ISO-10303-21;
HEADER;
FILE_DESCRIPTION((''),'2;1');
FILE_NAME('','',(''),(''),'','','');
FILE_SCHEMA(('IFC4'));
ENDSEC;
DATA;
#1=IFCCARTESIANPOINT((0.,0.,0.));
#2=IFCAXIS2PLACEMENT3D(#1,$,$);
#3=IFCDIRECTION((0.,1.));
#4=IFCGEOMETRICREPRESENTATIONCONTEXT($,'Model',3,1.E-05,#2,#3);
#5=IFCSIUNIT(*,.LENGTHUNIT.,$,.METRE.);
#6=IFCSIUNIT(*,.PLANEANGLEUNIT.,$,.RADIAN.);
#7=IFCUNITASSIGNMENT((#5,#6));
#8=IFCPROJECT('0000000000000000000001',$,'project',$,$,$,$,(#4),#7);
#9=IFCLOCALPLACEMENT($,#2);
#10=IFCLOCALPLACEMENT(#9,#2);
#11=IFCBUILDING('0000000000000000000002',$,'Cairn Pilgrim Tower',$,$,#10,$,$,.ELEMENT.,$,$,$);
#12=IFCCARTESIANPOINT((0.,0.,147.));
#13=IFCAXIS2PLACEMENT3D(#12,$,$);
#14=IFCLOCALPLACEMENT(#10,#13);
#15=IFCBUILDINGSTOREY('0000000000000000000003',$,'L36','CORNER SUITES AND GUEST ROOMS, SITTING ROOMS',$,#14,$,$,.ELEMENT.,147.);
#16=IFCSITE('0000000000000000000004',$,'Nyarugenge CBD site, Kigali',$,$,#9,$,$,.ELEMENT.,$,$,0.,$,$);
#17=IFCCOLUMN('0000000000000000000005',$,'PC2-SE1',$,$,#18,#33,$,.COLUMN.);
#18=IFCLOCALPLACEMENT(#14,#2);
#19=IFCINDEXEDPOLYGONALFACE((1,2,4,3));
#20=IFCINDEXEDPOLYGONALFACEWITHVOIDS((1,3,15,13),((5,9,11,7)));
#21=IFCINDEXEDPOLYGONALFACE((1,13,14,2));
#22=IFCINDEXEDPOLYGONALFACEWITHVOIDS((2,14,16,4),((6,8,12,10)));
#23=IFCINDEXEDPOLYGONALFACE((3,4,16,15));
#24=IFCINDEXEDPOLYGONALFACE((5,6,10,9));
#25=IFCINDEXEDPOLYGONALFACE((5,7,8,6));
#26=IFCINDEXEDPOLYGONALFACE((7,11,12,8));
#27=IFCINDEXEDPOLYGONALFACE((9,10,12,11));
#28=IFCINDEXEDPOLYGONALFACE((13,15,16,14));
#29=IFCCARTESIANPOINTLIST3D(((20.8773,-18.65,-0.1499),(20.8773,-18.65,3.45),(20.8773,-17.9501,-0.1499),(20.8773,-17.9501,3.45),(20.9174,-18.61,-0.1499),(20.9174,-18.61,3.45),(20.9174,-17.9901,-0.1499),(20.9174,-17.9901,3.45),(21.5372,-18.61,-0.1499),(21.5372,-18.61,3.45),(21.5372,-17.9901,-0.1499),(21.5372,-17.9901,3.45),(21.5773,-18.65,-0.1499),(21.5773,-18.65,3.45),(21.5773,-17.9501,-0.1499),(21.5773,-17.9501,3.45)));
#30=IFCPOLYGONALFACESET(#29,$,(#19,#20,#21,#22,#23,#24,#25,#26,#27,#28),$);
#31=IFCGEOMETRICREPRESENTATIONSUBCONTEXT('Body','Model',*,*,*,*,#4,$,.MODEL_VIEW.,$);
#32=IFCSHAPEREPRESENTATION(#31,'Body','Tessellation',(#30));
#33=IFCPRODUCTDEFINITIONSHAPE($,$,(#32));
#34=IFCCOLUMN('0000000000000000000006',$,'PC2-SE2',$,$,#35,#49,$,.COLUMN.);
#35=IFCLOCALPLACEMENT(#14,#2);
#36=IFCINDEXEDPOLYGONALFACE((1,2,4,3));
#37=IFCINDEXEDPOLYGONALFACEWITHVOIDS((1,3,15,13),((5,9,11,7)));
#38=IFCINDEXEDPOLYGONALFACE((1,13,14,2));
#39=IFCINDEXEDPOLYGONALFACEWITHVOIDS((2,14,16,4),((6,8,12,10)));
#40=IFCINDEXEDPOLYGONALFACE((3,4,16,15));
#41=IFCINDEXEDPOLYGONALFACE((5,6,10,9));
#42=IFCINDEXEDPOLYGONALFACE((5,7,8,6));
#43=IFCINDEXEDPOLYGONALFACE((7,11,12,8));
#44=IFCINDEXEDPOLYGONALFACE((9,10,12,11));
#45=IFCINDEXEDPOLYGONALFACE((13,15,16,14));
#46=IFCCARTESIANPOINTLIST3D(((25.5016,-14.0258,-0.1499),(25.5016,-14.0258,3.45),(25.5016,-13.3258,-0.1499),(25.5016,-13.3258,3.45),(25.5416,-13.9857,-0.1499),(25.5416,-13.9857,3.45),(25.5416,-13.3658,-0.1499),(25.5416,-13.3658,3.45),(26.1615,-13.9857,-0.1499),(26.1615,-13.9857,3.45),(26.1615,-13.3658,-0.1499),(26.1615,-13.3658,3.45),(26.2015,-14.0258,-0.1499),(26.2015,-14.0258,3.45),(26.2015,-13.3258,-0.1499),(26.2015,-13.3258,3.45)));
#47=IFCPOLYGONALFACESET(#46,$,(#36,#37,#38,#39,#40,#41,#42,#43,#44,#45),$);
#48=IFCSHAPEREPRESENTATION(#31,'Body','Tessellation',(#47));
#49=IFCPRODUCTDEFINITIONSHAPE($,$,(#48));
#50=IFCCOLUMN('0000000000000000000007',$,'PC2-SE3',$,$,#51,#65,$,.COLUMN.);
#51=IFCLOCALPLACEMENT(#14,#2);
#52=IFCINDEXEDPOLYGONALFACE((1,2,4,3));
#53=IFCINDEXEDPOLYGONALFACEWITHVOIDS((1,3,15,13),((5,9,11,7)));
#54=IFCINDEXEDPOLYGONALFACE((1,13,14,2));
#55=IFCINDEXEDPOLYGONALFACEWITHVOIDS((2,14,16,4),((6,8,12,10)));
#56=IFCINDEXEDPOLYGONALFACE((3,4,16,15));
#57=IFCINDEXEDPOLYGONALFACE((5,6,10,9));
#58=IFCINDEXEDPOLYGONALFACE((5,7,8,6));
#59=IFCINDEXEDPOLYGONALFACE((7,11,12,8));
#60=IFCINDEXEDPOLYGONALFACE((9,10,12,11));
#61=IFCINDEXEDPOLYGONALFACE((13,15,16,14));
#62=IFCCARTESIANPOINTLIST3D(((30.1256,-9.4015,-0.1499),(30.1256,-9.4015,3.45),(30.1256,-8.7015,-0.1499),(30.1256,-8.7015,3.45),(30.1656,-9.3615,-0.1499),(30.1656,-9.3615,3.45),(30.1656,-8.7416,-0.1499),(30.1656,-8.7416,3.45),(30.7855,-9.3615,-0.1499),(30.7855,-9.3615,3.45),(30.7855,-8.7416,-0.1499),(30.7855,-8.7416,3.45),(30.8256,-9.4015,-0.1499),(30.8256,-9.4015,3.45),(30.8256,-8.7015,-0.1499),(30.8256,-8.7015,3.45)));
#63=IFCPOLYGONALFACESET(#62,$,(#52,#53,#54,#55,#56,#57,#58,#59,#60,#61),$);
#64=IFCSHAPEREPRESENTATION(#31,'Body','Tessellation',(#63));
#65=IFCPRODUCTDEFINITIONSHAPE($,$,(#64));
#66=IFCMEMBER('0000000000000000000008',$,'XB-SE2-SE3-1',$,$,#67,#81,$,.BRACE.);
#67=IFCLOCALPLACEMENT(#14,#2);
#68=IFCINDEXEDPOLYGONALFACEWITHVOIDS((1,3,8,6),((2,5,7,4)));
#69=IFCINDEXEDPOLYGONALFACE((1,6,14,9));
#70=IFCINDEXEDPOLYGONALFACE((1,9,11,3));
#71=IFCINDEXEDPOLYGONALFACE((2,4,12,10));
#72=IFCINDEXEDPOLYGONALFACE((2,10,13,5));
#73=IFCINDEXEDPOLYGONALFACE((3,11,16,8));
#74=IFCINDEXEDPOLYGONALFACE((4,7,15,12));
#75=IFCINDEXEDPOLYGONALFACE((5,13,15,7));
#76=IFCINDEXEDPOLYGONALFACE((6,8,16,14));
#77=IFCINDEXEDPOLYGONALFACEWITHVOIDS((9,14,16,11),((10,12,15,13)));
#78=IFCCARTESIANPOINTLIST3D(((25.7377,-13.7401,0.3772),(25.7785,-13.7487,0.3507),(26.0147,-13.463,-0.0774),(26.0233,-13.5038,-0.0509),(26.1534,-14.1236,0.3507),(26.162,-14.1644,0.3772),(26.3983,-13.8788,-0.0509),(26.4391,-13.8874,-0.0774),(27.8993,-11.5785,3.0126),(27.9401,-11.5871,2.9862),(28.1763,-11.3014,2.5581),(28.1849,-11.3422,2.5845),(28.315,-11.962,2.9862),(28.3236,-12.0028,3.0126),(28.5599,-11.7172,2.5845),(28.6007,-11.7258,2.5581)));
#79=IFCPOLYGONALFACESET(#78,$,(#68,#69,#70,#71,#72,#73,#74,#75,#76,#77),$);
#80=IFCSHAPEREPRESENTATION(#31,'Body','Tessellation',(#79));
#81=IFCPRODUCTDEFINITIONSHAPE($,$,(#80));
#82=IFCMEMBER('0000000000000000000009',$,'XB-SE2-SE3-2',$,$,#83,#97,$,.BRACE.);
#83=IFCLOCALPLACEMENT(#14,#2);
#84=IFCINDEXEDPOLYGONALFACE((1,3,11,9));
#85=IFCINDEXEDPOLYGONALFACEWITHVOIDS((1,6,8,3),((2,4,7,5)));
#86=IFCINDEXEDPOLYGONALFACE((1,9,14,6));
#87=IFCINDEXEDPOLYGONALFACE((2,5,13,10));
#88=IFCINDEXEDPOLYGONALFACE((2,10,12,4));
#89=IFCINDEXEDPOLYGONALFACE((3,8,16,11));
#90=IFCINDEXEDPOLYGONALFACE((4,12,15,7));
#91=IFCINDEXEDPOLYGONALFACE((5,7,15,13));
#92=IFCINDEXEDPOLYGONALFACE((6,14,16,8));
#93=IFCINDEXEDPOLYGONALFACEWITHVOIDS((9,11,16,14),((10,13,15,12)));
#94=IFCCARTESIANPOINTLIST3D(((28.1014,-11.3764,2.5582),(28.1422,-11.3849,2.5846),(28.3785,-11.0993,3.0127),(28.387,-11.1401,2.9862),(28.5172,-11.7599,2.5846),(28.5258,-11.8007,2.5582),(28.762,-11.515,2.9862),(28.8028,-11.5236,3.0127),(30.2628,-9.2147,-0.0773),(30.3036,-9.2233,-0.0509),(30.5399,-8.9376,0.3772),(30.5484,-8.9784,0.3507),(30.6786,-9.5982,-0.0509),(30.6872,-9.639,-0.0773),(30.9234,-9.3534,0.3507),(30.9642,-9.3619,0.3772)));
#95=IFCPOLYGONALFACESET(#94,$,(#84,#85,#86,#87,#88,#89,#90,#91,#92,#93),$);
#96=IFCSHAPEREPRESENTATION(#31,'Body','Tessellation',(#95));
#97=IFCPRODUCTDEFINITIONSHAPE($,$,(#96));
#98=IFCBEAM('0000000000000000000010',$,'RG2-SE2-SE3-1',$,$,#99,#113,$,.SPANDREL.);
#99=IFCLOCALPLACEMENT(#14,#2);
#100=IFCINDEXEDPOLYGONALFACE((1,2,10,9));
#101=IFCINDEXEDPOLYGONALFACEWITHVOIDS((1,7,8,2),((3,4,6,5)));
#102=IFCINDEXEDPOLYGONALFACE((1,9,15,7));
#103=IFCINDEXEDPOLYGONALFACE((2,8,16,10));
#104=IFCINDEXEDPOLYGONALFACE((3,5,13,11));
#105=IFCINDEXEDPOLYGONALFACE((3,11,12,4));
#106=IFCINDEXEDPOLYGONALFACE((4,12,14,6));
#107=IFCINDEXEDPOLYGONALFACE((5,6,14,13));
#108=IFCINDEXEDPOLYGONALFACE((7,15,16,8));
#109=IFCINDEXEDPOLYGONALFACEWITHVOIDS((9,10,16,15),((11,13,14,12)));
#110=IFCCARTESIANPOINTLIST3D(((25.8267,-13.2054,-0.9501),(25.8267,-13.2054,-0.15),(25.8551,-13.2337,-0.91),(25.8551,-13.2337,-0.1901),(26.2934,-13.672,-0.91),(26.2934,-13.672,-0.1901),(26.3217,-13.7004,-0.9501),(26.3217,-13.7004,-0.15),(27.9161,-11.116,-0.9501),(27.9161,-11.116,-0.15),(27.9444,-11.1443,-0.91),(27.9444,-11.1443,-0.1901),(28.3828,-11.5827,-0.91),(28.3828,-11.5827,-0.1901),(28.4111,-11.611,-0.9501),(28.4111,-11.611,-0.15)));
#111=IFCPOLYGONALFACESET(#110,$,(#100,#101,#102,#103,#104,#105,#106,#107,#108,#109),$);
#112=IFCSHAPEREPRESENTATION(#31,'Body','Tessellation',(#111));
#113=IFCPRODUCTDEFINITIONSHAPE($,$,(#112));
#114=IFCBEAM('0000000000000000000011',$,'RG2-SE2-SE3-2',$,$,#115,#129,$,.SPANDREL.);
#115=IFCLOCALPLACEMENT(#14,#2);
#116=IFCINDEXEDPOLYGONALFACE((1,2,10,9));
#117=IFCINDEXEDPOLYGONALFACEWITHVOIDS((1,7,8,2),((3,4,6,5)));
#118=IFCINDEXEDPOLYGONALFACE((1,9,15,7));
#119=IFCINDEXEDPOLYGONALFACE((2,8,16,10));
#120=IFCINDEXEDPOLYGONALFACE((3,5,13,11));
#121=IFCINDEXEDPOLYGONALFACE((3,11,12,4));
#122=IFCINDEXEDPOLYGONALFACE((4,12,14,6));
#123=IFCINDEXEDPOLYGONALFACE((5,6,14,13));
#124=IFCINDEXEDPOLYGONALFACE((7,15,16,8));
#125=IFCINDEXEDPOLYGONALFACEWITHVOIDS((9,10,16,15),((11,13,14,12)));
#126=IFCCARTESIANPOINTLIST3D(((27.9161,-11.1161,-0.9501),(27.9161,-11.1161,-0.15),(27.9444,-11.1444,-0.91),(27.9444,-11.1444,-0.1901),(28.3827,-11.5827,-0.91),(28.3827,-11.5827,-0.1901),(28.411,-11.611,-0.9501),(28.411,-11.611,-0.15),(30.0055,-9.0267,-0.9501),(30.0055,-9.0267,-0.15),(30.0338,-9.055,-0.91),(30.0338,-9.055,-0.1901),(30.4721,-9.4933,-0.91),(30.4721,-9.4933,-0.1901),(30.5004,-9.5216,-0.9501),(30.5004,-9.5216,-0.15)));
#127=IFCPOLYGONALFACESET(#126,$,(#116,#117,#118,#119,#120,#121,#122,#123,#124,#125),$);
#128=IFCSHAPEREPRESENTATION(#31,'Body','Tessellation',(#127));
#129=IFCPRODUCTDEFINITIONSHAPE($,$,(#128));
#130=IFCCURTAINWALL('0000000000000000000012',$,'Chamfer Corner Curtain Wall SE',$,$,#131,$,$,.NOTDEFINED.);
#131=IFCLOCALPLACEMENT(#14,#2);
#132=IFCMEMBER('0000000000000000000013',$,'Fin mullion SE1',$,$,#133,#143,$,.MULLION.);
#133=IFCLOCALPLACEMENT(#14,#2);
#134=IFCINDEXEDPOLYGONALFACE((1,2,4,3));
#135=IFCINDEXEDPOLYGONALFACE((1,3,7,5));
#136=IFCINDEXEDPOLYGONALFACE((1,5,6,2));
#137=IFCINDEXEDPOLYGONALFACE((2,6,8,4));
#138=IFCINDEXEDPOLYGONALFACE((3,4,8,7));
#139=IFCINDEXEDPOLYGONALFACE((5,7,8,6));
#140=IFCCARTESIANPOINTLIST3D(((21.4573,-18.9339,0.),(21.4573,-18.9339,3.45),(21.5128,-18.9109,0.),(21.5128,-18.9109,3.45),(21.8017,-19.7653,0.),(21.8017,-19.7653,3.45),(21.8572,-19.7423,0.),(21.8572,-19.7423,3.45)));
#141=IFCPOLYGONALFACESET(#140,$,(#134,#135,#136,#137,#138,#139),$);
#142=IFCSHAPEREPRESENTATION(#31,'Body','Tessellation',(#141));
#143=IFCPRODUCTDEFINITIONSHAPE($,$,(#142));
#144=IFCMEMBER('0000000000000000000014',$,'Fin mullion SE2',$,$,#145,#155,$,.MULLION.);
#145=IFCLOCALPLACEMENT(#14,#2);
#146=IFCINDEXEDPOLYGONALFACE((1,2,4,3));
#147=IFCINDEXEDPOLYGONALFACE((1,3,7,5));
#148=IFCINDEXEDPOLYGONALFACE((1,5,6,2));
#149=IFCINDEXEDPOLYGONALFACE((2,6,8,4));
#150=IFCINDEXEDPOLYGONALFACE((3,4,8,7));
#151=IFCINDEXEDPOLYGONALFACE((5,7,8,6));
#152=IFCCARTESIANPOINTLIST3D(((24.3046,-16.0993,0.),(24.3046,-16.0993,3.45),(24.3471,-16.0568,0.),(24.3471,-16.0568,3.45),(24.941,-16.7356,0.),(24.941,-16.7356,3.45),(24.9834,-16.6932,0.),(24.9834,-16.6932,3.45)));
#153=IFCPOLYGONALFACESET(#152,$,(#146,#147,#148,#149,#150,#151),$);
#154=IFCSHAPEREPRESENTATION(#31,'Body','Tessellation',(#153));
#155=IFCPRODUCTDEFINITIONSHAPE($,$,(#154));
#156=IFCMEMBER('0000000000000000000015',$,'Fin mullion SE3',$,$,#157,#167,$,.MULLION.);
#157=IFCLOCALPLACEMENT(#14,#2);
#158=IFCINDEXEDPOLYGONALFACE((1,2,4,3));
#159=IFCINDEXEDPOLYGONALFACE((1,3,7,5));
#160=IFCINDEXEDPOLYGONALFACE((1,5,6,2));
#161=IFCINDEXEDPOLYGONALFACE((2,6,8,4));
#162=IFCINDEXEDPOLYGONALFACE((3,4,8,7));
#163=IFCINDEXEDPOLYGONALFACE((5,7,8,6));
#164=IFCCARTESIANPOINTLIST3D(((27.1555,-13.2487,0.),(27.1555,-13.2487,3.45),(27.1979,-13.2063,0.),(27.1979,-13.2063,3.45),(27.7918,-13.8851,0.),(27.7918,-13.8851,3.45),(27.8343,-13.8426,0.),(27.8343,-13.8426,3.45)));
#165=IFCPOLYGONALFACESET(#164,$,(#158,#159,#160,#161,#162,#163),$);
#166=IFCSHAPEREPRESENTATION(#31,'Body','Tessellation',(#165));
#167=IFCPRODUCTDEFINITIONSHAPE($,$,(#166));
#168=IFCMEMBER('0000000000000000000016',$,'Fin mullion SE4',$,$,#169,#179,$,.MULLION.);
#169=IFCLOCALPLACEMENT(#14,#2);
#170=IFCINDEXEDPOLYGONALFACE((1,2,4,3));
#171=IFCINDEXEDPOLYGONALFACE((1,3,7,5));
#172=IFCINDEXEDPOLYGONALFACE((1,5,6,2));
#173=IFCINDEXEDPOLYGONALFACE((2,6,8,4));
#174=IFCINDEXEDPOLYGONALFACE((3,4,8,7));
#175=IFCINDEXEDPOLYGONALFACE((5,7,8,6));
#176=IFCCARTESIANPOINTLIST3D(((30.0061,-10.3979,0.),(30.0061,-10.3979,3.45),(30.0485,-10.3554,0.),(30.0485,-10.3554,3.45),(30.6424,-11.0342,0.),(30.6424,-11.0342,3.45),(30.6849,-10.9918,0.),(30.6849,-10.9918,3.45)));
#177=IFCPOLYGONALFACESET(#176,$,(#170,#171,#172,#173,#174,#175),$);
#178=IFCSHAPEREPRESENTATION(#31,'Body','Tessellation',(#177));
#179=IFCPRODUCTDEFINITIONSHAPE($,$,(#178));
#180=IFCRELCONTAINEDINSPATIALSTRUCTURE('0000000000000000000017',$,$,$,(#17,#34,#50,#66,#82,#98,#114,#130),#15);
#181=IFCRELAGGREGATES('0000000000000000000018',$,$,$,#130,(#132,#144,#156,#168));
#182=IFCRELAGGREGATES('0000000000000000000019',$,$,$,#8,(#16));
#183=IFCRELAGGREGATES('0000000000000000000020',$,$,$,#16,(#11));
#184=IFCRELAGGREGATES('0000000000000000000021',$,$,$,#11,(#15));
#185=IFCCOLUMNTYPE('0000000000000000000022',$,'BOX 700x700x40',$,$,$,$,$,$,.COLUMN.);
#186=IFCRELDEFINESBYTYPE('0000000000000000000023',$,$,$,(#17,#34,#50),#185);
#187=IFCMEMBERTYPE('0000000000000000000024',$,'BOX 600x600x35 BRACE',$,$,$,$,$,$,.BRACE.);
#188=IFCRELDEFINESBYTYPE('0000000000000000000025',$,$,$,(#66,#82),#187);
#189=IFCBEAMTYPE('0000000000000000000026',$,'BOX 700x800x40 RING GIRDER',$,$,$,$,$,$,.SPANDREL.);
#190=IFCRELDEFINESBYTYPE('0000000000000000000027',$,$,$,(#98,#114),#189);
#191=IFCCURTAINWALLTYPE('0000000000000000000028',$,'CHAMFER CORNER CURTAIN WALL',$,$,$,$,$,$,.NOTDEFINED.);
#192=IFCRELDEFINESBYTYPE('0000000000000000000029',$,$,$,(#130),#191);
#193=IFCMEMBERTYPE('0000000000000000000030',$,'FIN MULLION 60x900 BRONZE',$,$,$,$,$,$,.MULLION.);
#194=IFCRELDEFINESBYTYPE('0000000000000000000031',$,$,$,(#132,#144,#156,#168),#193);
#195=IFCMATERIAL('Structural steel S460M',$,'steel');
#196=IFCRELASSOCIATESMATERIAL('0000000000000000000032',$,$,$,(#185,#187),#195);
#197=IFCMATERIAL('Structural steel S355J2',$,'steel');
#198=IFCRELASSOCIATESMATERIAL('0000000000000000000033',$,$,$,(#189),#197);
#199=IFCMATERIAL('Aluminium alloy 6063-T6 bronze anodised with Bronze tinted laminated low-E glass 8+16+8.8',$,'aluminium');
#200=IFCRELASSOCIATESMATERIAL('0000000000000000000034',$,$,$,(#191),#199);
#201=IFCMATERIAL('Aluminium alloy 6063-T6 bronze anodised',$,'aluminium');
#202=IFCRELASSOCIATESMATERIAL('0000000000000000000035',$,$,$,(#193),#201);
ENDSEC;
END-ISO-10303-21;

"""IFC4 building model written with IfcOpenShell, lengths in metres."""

from ifc_helpers import new_model, si_unit, direction, frame, origin, origin_2d, place, context, subcontext, project, spatial, rectangle, hollow_rectangle, extrude, material, material_profile, profile_set, type_object, element, aggregate, save


model = new_model("IFC4")

# Units and contexts
model_context = context("Model", 3, precision=1e-05, world=origin(), true_north=direction((0.0, 1.0)))
body_context = subcontext(model_context, "Body", "Model", "MODEL_VIEW")
ifc_project = project(units=[si_unit("LENGTHUNIT", "METRE"), si_unit("PLANEANGLEUNIT", "RADIAN")], contexts=[model_context])

# Site, building, storey
site_placement = place(None, origin())
site = spatial("IfcSite", under=ifc_project, at=site_placement, Name="Nyarugenge CBD site, Kigali", CompositionType="ELEMENT", RefElevation=0.0)
building_placement = place(site_placement, origin())
building = spatial("IfcBuilding", under=site, at=building_placement, Name="Cairn Pilgrim Tower", CompositionType="ELEMENT")
storey_placement = place(building_placement, frame((0.0, 0.0, 147.0)))
storey = spatial("IfcBuildingStorey", under=building, at=storey_placement, Name="L36", Description="CORNER SUITES AND GUEST ROOMS, SITTING ROOMS", CompositionType="ELEMENT", Elevation=147.0)

# Columns
ifc_material_1 = material(Name="Structural steel S460M", Category="steel")
ifc_material_profile_1 = material_profile(ifc_material_1, hollow_rectangle(XDim=0.7, YDim=0.7, WallThickness=0.04, at=origin_2d()), Name="BOX 700x700x40")
ifc_profile_set_1 = profile_set([ifc_material_profile_1], Name="Structural steel S460M")
column_type = type_object("IfcColumnType", Name="BOX 700x700x40", PredefinedType="COLUMN", material=ifc_profile_set_1)
for number, where, z_axis, x_axis, name in (
    (1, (21.2273, -18.3, -0.1499), (0.0, 0.0, 1.0), (1.0, 0.0, 0.0), "PC2-SE1"),
    (2, (25.8516, -13.6758, -0.1499), (0.0, 0.0, 1.0), (1.0, 0.0, 0.0), "PC2-SE2"),
    (3, (30.4756, -9.0515, -0.1499), (0.0, 0.0, 1.0), (1.0, 0.0, 0.0), "PC2-SE3"),
):
    element("IfcColumn", number, at=place(storey_placement, frame(where, z_axis=z_axis, x_axis=x_axis)), inside=storey, type_object=column_type, Name=name, PredefinedType="COLUMN", context=body_context, shape_type="SweptSolid", body=[
        extrude(hollow_rectangle(XDim=0.7, YDim=0.7, WallThickness=0.04, at=origin_2d()), origin(), (0.0, 0.0, 1.0), 3.5999),
    ])

# Members
ifc_material_profile_2 = material_profile(ifc_material_1, hollow_rectangle(XDim=0.6001, YDim=0.6001, WallThickness=0.0349, at=origin_2d()), Name="BOX 600x600x35")
ifc_profile_set_2 = profile_set([ifc_material_profile_2], Name="Structural steel S460M")
member_type_1 = type_object("IfcMemberType", Name="BOX 600x600x35 BRACE", PredefinedType="BRACE", material=ifc_profile_set_2)
for number, where, z_axis, x_axis, name in (
    (4, (26.0884, -13.8137, 0.1499), (0.535556, 0.535556, 0.652962), (-0.707107, 0.707107, 0.0), "XB-SE2-SE3-1"),
    (5, (30.6135, -9.2883, 0.1499), (-0.535513, -0.535573, 0.652983), (0.707147, -0.707067, 0.0), "XB-SE2-SE3-2"),
):
    element("IfcMember", number, at=place(storey_placement, frame(where, z_axis=z_axis, x_axis=x_axis)), inside=storey, type_object=member_type_1, Name=name, PredefinedType="BRACE", context=body_context, shape_type="SweptSolid", body=[
        extrude(hollow_rectangle(XDim=0.6001, YDim=0.6001, WallThickness=0.0349, at=origin_2d()), origin(), (0.0, 0.0, 1.0), 4.0361),
    ])

# Beams
ifc_material_2 = material(Name="Structural steel S355J2", Category="steel")
ifc_material_profile_3 = material_profile(ifc_material_2, hollow_rectangle(XDim=0.7, YDim=0.8, WallThickness=0.04, at=origin_2d()), Name="BOX 700x800x40")
ifc_profile_set_3 = profile_set([ifc_material_profile_3], Name="Structural steel S355J2")
beam_type_1 = type_object("IfcBeamType", Name="BOX 700x800x40 RING GIRDER", PredefinedType="SPANDREL", material=ifc_profile_set_3)
for number, where, z_axis, x_axis, name in (
    (6, (26.0742, -13.4529, -0.55), (0.707107, 0.707107, 0.0), (-0.707107, 0.707107, 0.0), "RG2-SE2-SE3-1"),
    (7, (28.1636, -11.3635, -0.55), (0.707107, 0.707107, 0.0), (-0.707107, 0.707107, 0.0), "RG2-SE2-SE3-2"),
):
    element("IfcBeam", number, at=place(storey_placement, frame(where, z_axis=z_axis, x_axis=x_axis)), inside=storey, type_object=beam_type_1, Name=name, PredefinedType="SPANDREL", context=body_context, shape_type="SweptSolid", body=[
        extrude(hollow_rectangle(XDim=0.7, YDim=0.8, WallThickness=0.04, at=origin_2d()), origin(), (0.0, 0.0, 1.0), 2.9548),
    ])

# Curtain wall, members
ifc_material_3 = material(Name="Aluminium alloy 6063-T6 bronze anodised with Bronze tinted laminated low-E glass 8+16+8.8", Category="aluminium")
curtain_wall_type = type_object("IfcCurtainWallType", Name="CHAMFER CORNER CURTAIN WALL", PredefinedType="NOTDEFINED", material=ifc_material_3)
curtain_wall_placement = place(storey_placement, origin())
curtain_wall = element("IfcCurtainWall", 8, at=curtain_wall_placement, inside=storey, type_object=curtain_wall_type, Name="Chamfer Corner Curtain Wall SE", PredefinedType="NOTDEFINED")
ifc_material_4 = material(Name="Aluminium alloy 6063-T6 bronze anodised", Category="aluminium")
ifc_material_profile_4 = material_profile(ifc_material_4, rectangle(XDim=0.8999, YDim=0.0601, at=origin_2d()), Name="FIN MULLION 60x900 BRONZE")
ifc_profile_set_4 = profile_set([ifc_material_profile_4], Name="Aluminium alloy 6063-T6 bronze anodised")
member_type_2 = type_object("IfcMemberType", Name="FIN MULLION 60x900 BRONZE", PredefinedType="MULLION", material=ifc_profile_set_4)
member_1_placement = place(storey_placement, frame((21.6572, -19.3381, 0.0), z_axis=(0.0, 0.0, 1.0), x_axis=(0.382683, -0.92388, 0.0)))
member_1 = element("IfcMember", 9, at=member_1_placement, type_object=member_type_2, Name="Fin mullion SE1", PredefinedType="MULLION", context=body_context, shape_type="SweptSolid", body=[
    extrude(rectangle(XDim=0.8999, YDim=0.0601, at=origin_2d()), origin(), (0.0, 0.0, 1.0), 3.45),
])
member_2_placement = place(storey_placement, frame((24.644, -16.3962, 0.0), z_axis=(0.0, 0.0, 1.0), x_axis=(0.707107, -0.707107, 0.0)))
member_2 = element("IfcMember", 10, at=member_2_placement, type_object=member_type_2, Name="Fin mullion SE2", PredefinedType="MULLION", context=body_context, shape_type="SweptSolid", body=[
    extrude(rectangle(XDim=0.8999, YDim=0.0601, at=origin_2d()), origin(), (0.0, 0.0, 1.0), 3.45),
])
member_3_placement = place(storey_placement, frame((27.4949, -13.5457, 0.0), z_axis=(0.0, 0.0, 1.0), x_axis=(0.707107, -0.707107, 0.0)))
member_3 = element("IfcMember", 11, at=member_3_placement, type_object=member_type_2, Name="Fin mullion SE3", PredefinedType="MULLION", context=body_context, shape_type="SweptSolid", body=[
    extrude(rectangle(XDim=0.8999, YDim=0.0601, at=origin_2d()), origin(), (0.0, 0.0, 1.0), 3.45),
])
member_4_placement = place(storey_placement, frame((30.3455, -10.6948, 0.0), z_axis=(0.0, 0.0, 1.0), x_axis=(0.707107, -0.707107, 0.0)))
member_4 = element("IfcMember", 12, at=member_4_placement, type_object=member_type_2, Name="Fin mullion SE4", PredefinedType="MULLION", context=body_context, shape_type="SweptSolid", body=[
    extrude(rectangle(XDim=0.8999, YDim=0.0601, at=origin_2d()), origin(), (0.0, 0.0, 1.0), 3.45),
])

aggregate(curtain_wall, [member_1, member_2, member_3, member_4])

save(model, "model.ifc")
